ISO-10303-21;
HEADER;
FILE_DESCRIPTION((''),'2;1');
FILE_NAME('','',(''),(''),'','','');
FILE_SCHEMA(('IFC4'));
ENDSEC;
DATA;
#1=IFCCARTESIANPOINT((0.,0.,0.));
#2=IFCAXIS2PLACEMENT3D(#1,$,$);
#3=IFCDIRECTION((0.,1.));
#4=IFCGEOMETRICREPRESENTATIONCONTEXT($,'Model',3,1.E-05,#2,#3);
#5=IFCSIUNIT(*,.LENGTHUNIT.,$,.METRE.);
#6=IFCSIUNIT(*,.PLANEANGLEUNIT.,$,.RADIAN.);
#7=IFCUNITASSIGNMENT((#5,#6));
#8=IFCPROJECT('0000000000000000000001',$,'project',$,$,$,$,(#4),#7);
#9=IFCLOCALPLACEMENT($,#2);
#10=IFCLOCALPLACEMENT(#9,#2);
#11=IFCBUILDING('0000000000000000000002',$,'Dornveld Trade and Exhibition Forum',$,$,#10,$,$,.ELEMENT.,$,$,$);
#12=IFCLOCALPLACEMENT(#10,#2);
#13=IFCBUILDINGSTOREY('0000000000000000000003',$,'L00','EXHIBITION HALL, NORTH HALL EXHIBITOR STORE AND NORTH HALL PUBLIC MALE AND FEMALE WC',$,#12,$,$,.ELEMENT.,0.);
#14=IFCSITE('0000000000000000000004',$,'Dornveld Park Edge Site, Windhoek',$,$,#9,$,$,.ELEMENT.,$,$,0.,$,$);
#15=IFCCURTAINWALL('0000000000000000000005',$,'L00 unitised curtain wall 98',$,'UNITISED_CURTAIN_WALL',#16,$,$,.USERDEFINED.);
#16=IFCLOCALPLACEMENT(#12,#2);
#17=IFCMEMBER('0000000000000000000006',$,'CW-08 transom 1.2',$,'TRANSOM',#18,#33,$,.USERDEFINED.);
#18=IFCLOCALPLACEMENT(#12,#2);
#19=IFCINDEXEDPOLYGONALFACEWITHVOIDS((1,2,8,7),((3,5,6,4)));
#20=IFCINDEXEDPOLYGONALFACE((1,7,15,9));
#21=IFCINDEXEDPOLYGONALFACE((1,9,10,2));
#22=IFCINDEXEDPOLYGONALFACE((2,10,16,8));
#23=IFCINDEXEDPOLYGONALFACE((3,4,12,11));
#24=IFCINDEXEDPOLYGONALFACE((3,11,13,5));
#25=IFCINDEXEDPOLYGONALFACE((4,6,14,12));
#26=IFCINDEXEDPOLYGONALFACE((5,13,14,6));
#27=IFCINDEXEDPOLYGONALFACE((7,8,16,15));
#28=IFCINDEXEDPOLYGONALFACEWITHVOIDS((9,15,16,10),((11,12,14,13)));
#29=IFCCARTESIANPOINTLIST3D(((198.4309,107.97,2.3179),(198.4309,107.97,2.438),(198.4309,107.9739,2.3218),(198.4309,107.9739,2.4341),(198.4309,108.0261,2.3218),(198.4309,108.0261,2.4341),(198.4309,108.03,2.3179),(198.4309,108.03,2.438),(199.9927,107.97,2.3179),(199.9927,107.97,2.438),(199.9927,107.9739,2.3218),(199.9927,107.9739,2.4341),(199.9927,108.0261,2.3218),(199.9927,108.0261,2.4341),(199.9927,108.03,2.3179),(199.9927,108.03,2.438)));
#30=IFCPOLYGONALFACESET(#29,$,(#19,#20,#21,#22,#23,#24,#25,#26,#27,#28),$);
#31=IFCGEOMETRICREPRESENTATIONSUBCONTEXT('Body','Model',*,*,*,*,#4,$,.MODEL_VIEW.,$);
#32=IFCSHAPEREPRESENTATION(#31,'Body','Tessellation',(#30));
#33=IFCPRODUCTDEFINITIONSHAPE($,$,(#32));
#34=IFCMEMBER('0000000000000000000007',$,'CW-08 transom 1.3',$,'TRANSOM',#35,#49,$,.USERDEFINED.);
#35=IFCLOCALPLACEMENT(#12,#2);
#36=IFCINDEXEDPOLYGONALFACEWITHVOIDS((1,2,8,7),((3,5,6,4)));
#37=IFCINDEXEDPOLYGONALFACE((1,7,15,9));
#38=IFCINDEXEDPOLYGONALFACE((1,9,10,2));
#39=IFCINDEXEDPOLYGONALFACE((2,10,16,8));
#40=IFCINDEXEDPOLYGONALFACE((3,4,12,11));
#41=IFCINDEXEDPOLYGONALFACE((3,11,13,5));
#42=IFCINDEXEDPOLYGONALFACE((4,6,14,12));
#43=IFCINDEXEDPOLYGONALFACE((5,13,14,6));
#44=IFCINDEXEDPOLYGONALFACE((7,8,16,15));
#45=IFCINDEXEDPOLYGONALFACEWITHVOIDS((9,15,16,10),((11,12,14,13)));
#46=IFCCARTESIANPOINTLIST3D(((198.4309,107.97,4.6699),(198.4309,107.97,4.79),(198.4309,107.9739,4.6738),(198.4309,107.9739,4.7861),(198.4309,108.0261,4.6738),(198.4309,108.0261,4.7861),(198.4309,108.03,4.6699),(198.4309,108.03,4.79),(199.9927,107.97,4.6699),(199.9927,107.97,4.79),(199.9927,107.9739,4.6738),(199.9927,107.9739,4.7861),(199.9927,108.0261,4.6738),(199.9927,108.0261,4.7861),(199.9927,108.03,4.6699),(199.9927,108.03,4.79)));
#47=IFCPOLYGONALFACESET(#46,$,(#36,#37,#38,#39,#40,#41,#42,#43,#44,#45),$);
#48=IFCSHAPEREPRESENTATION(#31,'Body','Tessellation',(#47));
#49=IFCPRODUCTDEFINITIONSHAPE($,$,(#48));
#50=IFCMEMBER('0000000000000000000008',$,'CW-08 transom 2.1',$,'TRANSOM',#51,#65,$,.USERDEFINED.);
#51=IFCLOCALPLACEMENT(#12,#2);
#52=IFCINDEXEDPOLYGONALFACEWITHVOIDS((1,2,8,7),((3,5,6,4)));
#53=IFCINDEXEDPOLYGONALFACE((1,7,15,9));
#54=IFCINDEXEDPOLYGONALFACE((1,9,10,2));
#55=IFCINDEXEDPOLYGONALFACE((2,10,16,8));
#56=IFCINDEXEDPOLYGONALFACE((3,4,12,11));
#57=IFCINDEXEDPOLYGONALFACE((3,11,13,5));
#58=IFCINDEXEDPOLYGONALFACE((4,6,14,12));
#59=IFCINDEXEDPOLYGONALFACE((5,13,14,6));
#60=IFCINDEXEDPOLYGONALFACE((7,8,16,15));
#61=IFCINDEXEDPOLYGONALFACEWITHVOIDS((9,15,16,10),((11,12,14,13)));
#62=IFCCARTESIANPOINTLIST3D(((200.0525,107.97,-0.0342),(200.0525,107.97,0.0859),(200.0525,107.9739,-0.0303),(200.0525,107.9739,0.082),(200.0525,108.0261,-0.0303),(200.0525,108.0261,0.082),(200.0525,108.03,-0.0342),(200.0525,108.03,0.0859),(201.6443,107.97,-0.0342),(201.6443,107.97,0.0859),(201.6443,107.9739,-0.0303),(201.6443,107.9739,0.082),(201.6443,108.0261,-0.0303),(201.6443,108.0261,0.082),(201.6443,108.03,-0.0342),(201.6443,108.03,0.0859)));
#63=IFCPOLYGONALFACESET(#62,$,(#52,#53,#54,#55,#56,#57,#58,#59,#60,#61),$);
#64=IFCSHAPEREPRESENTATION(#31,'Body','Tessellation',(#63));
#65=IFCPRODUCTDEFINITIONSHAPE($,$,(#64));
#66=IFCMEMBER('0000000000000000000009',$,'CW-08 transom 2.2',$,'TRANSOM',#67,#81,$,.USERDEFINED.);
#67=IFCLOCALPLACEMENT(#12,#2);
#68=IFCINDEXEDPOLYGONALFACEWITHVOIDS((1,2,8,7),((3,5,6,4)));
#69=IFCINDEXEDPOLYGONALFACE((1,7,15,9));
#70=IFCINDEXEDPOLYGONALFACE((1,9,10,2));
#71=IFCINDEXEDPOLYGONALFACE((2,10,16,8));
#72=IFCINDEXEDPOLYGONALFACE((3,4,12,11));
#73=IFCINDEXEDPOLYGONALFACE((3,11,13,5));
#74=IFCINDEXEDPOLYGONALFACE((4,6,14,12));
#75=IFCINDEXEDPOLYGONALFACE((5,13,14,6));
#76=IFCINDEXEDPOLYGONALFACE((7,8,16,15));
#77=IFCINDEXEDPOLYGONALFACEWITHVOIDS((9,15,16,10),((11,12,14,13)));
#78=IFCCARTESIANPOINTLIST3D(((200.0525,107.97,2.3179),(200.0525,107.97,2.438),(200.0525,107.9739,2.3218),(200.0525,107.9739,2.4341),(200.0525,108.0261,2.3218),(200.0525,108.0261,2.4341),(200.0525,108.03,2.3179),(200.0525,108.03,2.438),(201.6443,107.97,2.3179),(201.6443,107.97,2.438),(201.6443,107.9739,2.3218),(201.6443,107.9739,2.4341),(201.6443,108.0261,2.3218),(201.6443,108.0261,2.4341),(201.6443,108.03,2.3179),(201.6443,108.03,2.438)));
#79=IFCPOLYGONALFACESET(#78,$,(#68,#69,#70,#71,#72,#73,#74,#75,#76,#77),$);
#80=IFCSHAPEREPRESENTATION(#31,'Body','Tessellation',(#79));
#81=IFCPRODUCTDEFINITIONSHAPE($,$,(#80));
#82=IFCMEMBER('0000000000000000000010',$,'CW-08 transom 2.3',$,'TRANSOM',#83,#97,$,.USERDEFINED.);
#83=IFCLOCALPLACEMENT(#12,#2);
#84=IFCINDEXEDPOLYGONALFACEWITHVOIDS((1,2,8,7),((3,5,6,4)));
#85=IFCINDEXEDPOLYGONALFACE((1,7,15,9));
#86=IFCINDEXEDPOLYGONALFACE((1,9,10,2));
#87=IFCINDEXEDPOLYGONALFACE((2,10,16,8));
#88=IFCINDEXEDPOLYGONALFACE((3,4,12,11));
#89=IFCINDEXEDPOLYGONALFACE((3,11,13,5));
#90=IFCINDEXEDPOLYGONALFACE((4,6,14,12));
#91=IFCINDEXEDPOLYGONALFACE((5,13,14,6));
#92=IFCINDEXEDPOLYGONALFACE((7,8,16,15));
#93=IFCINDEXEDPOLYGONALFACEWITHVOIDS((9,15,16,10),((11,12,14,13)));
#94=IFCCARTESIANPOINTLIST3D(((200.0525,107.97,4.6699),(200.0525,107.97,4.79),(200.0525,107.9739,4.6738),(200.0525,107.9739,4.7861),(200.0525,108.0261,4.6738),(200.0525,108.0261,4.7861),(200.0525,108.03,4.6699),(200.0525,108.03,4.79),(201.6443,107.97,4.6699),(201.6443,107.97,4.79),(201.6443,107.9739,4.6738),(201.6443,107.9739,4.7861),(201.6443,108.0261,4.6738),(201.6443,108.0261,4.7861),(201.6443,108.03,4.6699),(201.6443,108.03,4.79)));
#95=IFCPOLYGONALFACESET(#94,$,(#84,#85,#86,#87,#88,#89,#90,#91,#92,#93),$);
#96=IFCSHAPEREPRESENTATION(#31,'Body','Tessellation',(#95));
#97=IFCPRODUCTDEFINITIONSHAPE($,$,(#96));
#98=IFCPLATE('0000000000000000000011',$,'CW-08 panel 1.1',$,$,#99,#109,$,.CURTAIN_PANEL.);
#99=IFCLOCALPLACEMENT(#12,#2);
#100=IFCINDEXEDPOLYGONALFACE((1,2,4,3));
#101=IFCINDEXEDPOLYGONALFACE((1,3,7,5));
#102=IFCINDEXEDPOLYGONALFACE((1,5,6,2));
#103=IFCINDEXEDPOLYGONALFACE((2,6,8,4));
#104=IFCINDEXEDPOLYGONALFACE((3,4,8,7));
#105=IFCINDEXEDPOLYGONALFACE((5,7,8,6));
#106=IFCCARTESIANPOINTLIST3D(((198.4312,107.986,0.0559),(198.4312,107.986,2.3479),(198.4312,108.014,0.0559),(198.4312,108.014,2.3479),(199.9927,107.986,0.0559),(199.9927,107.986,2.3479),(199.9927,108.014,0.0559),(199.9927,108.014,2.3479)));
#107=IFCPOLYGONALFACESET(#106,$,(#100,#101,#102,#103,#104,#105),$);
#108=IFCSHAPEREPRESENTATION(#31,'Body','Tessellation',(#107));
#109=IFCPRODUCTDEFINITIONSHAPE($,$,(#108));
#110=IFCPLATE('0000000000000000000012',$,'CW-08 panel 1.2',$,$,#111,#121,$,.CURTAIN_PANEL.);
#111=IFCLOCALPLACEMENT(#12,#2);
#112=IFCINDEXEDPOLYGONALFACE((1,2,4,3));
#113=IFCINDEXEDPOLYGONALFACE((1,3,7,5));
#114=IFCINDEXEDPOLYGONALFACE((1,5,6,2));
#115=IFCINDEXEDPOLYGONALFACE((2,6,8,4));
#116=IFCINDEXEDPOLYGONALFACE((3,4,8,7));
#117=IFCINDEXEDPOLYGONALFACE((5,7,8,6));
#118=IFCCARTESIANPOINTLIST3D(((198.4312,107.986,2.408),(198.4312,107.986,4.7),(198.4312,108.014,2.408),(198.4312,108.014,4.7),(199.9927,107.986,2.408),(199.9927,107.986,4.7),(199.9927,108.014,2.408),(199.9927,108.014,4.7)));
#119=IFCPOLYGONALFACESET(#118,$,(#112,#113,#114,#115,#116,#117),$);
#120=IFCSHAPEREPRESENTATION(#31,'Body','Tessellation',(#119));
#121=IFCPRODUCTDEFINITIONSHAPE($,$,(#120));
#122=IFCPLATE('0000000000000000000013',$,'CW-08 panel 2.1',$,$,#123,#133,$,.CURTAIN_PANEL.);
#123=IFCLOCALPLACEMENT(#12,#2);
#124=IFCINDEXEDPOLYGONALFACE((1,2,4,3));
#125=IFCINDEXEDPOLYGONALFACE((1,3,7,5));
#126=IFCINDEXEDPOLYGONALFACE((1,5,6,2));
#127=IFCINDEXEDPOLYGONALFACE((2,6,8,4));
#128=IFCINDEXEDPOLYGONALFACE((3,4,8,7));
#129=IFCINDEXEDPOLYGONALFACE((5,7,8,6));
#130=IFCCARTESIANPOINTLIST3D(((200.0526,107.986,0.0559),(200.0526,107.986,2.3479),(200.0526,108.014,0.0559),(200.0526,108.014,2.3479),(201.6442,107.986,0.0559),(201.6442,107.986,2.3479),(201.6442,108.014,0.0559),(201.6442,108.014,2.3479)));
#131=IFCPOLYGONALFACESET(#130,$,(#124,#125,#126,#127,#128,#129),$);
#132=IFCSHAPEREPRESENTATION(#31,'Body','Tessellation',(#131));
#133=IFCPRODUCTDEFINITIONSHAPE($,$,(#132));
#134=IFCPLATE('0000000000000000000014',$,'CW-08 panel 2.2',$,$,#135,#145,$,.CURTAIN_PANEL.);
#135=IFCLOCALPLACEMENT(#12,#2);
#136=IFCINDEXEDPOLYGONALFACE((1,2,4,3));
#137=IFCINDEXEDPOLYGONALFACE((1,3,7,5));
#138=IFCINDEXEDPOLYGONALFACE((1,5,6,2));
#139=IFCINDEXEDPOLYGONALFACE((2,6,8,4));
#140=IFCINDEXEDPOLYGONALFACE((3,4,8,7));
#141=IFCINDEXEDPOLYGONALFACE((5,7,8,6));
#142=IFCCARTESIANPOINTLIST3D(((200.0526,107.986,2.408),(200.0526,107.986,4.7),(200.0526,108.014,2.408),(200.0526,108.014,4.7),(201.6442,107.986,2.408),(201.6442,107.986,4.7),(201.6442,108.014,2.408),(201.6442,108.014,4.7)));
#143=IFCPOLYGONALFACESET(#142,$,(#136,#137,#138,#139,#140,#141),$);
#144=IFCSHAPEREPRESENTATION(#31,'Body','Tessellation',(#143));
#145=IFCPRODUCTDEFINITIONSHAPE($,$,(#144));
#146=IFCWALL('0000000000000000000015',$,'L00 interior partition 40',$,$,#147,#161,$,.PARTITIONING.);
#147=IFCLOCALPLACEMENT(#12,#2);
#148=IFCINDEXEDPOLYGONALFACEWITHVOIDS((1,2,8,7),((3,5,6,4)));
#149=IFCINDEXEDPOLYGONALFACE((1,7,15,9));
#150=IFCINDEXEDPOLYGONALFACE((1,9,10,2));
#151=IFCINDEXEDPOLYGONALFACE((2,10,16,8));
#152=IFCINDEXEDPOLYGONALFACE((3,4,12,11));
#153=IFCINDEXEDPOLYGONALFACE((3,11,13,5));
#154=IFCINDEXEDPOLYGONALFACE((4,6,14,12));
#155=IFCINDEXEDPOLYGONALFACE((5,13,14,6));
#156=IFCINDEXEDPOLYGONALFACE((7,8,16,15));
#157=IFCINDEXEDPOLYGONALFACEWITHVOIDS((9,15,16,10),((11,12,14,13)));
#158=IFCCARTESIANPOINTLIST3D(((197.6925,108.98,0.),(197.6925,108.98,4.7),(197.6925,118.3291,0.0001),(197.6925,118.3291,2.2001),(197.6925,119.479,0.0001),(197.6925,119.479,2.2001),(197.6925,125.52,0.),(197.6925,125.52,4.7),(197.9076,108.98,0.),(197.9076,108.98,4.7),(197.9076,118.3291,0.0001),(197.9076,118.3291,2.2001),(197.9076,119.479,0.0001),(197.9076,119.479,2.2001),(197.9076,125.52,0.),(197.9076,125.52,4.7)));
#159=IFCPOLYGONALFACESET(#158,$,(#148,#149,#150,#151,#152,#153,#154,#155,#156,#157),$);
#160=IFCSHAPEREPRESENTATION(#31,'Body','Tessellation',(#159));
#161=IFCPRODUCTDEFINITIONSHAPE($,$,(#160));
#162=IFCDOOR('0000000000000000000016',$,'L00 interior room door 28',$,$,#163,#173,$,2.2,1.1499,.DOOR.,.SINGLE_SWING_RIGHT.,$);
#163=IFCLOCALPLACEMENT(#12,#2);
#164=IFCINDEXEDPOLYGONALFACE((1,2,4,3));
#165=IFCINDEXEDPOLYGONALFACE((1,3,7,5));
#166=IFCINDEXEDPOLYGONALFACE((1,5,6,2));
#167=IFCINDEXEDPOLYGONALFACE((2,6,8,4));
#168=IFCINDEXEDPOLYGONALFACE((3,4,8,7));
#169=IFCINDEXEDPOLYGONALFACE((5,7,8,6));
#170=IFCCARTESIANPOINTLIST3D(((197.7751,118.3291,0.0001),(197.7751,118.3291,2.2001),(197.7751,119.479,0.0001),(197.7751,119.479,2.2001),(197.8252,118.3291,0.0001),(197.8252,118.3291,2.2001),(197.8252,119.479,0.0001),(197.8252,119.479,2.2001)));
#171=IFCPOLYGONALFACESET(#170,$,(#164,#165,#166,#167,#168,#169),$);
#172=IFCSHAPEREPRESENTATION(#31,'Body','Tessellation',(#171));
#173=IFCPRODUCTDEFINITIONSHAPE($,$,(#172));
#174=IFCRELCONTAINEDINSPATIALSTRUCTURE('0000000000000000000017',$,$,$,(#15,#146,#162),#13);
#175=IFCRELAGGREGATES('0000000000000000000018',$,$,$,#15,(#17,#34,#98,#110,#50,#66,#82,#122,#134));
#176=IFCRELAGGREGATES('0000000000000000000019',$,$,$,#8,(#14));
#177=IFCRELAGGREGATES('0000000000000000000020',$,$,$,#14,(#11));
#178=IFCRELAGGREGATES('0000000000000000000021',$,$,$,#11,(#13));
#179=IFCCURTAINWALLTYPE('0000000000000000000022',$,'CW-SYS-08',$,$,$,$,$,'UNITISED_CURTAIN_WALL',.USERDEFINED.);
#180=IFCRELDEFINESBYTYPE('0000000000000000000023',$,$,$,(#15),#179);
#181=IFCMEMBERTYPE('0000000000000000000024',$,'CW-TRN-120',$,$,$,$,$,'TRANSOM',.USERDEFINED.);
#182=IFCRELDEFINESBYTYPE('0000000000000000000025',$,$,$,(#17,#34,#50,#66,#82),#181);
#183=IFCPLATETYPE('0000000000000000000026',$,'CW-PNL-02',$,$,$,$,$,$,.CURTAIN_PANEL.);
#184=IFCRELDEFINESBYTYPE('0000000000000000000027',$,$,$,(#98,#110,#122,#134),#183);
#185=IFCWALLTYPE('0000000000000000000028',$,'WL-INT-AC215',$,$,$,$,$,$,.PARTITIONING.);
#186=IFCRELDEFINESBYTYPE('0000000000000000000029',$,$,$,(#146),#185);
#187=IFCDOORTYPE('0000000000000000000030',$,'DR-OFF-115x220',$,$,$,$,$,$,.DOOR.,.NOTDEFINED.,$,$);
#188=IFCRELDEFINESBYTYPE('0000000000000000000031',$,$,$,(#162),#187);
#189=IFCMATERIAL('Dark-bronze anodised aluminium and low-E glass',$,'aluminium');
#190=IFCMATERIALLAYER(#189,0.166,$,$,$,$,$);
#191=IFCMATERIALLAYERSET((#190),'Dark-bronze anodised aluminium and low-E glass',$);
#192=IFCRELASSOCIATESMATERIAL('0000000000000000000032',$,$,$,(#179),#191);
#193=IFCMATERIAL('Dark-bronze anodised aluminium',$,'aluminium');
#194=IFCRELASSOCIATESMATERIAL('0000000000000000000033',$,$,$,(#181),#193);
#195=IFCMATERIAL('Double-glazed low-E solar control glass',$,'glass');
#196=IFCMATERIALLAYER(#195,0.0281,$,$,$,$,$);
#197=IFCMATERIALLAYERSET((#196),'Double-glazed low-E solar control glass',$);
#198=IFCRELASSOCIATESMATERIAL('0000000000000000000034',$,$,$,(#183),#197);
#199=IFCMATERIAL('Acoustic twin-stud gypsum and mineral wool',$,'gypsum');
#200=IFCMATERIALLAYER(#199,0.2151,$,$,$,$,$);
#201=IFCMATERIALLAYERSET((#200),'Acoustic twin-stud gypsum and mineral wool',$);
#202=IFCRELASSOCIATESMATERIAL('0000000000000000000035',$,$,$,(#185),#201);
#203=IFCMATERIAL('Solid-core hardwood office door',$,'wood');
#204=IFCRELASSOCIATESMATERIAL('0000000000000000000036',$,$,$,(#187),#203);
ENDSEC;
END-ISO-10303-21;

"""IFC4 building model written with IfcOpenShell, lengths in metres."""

from ifc_helpers import new_model, si_unit, direction, frame, frame_2d, origin, origin_2d, place, context, subcontext, project, spatial, rectangle, hollow_rectangle, extrude, material, layer, layer_set, material_profile, profile_set, type_object, element, fill, aggregate, save


model = new_model("IFC4")

# Units and contexts
model_context = context("Model", 3, precision=1e-05, world=origin(), true_north=direction((0.0, 1.0)))
body_context = subcontext(model_context, "Body", "Model", "MODEL_VIEW")
ifc_project = project(units=[si_unit("LENGTHUNIT", "METRE"), si_unit("PLANEANGLEUNIT", "RADIAN")], contexts=[model_context])

# Site, building, storey
site_placement = place(None, origin())
site = spatial("IfcSite", under=ifc_project, at=site_placement, Name="Dornveld Park Edge Site, Windhoek", CompositionType="ELEMENT", RefElevation=0.0)
building_placement = place(site_placement, origin())
building = spatial("IfcBuilding", under=site, at=building_placement, Name="Dornveld Trade and Exhibition Forum", CompositionType="ELEMENT")
storey_placement = place(building_placement, origin())
storey = spatial("IfcBuildingStorey", under=building, at=storey_placement, Name="L00", Description="EXHIBITION HALL, NORTH HALL EXHIBITOR STORE AND NORTH HALL PUBLIC MALE AND FEMALE WC", CompositionType="ELEMENT", Elevation=0.0)

# Curtain wall, members, plates
ifc_material_1 = material(Name="Dark-bronze anodised aluminium and low-E glass", Category="aluminium")
ifc_layer_1 = layer(ifc_material_1, 0.166)
ifc_layer_set_1 = layer_set([ifc_layer_1], Name="Dark-bronze anodised aluminium and low-E glass")
curtain_wall_type = type_object("IfcCurtainWallType", Name="CW-SYS-08", ElementType="UNITISED_CURTAIN_WALL", PredefinedType="USERDEFINED", material=ifc_layer_set_1)
curtain_wall_placement = place(storey_placement, origin())
curtain_wall = element("IfcCurtainWall", 1, at=curtain_wall_placement, inside=storey, type_object=curtain_wall_type, Name="L00 unitised curtain wall 98", ObjectType="UNITISED_CURTAIN_WALL", PredefinedType="USERDEFINED")
ifc_material_2 = material(Name="Dark-bronze anodised aluminium", Category="aluminium")
ifc_material_profile_1 = material_profile(ifc_material_2, hollow_rectangle(XDim=0.0601, YDim=0.1201, WallThickness=0.0039, at=origin_2d()), Name="RHS 120x60x4")
ifc_profile_set_1 = profile_set([ifc_material_profile_1], Name="Dark-bronze anodised aluminium")
member_type_1 = type_object("IfcMemberType", Name="CW-TRN-120", ElementType="TRANSOM", PredefinedType="USERDEFINED", material=ifc_profile_set_1)
member_1_placement = place(storey_placement, frame((198.4309, 108.0, 2.3779), z_axis=(1.0, 0.0, 0.0), x_axis=(0.0, 1.0, 0.0)))
member_1 = element("IfcMember", 2, at=member_1_placement, type_object=member_type_1, Name="CW-08 transom 1.2", ObjectType="TRANSOM", PredefinedType="USERDEFINED", context=body_context, shape_type="SweptSolid", body=[
    extrude(hollow_rectangle(XDim=0.0601, YDim=0.1201, WallThickness=0.0039, at=origin_2d()), origin(), (0.0, 0.0, 1.0), 1.5618),
])
member_2_placement = place(storey_placement, frame((198.4309, 108.0, 4.73), z_axis=(1.0, 0.0, 0.0), x_axis=(0.0, 1.0, 0.0)))
member_2 = element("IfcMember", 3, at=member_2_placement, type_object=member_type_1, Name="CW-08 transom 1.3", ObjectType="TRANSOM", PredefinedType="USERDEFINED", context=body_context, shape_type="SweptSolid", body=[
    extrude(hollow_rectangle(XDim=0.0601, YDim=0.1201, WallThickness=0.0039, at=origin_2d()), origin(), (0.0, 0.0, 1.0), 1.5618),
])
member_3_placement = place(storey_placement, frame((200.0525, 108.0, 0.0259), z_axis=(1.0, 0.0, 0.0), x_axis=(0.0, 1.0, 0.0)))
member_3 = element("IfcMember", 4, at=member_3_placement, type_object=member_type_1, Name="CW-08 transom 2.1", ObjectType="TRANSOM", PredefinedType="USERDEFINED", context=body_context, shape_type="SweptSolid", body=[
    extrude(hollow_rectangle(XDim=0.0601, YDim=0.1201, WallThickness=0.0039, at=origin_2d()), origin(), (0.0, 0.0, 1.0), 1.5918),
])
member_4_placement = place(storey_placement, frame((200.0525, 108.0, 2.3779), z_axis=(1.0, 0.0, 0.0), x_axis=(0.0, 1.0, 0.0)))
member_4 = element("IfcMember", 5, at=member_4_placement, type_object=member_type_1, Name="CW-08 transom 2.2", ObjectType="TRANSOM", PredefinedType="USERDEFINED", context=body_context, shape_type="SweptSolid", body=[
    extrude(hollow_rectangle(XDim=0.0601, YDim=0.1201, WallThickness=0.0039, at=origin_2d()), origin(), (0.0, 0.0, 1.0), 1.5918),
])
member_5_placement = place(storey_placement, frame((200.0525, 108.0, 4.73), z_axis=(1.0, 0.0, 0.0), x_axis=(0.0, 1.0, 0.0)))
member_5 = element("IfcMember", 6, at=member_5_placement, type_object=member_type_1, Name="CW-08 transom 2.3", ObjectType="TRANSOM", PredefinedType="USERDEFINED", context=body_context, shape_type="SweptSolid", body=[
    extrude(hollow_rectangle(XDim=0.0601, YDim=0.1201, WallThickness=0.0039, at=origin_2d()), origin(), (0.0, 0.0, 1.0), 1.5918),
])
ifc_material_3 = material(Name="Double-glazed low-E solar control glass", Category="glass")
ifc_layer_2 = layer(ifc_material_3, 0.0281)
ifc_layer_set_2 = layer_set([ifc_layer_2], Name="Double-glazed low-E solar control glass")
plate_type = type_object("IfcPlateType", Name="CW-PNL-02", PredefinedType="CURTAIN_PANEL", material=ifc_layer_set_2)
plate_1_placement = place(storey_placement, frame((199.2119, 108.0, 0.0559), z_axis=(0.0, 0.0, 1.0), x_axis=(1.0, 0.0, 0.0)))
plate_1 = element("IfcPlate", 7, at=plate_1_placement, type_object=plate_type, Name="CW-08 panel 1.1", PredefinedType="CURTAIN_PANEL", context=body_context, shape_type="SweptSolid", body=[
    extrude(rectangle(XDim=1.5615, YDim=0.0281, at=origin_2d()), origin(), (0.0, 0.0, 1.0), 2.292),
])
plate_2_placement = place(storey_placement, frame((199.2119, 108.0, 2.408), z_axis=(0.0, 0.0, 1.0), x_axis=(1.0, 0.0, 0.0)))
plate_2 = element("IfcPlate", 8, at=plate_2_placement, type_object=plate_type, Name="CW-08 panel 1.2", PredefinedType="CURTAIN_PANEL", context=body_context, shape_type="SweptSolid", body=[
    extrude(rectangle(XDim=1.5615, YDim=0.0281, at=origin_2d()), origin(), (0.0, 0.0, 1.0), 2.292),
])
plate_3_placement = place(storey_placement, frame((200.8484, 108.0, 0.0559), z_axis=(0.0, 0.0, 1.0), x_axis=(1.0, 0.0, 0.0)))
plate_3 = element("IfcPlate", 9, at=plate_3_placement, type_object=plate_type, Name="CW-08 panel 2.1", PredefinedType="CURTAIN_PANEL", context=body_context, shape_type="SweptSolid", body=[
    extrude(rectangle(XDim=1.5916, YDim=0.0281, at=origin_2d()), origin(), (0.0, 0.0, 1.0), 2.292),
])
plate_4_placement = place(storey_placement, frame((200.8484, 108.0, 2.408), z_axis=(0.0, 0.0, 1.0), x_axis=(1.0, 0.0, 0.0)))
plate_4 = element("IfcPlate", 10, at=plate_4_placement, type_object=plate_type, Name="CW-08 panel 2.2", PredefinedType="CURTAIN_PANEL", context=body_context, shape_type="SweptSolid", body=[
    extrude(rectangle(XDim=1.5916, YDim=0.0281, at=origin_2d()), origin(), (0.0, 0.0, 1.0), 2.292),
])
aggregate(curtain_wall, [member_1, member_2, plate_1, plate_2, member_3, member_4, member_5, plate_3, plate_4])

# Wall, opening, door
ifc_material_4 = material(Name="Acoustic twin-stud gypsum and mineral wool", Category="gypsum")
ifc_layer_3 = layer(ifc_material_4, 0.2151)
ifc_layer_set_3 = layer_set([ifc_layer_3], Name="Acoustic twin-stud gypsum and mineral wool")
wall_type = type_object("IfcWallType", Name="WL-INT-AC215", PredefinedType="PARTITIONING", material=ifc_layer_set_3)
wall_placement = place(storey_placement, frame((197.8, 108.98, 0.0), z_axis=(0.0, 0.0, 1.0), x_axis=(0.0, 1.0, 0.0)))
wall = element("IfcWall", 11, at=wall_placement, inside=storey, type_object=wall_type, Name="L00 interior partition 40", PredefinedType="PARTITIONING", context=body_context, shape_type="SweptSolid", body=[
    extrude(rectangle(XDim=16.54, YDim=0.2151, at=frame_2d((8.27, 0.0))), origin(), (0.0, 0.0, 1.0), 4.7),
])
opening_placement = place(wall_placement, frame((9.3491, 0.0, 0.0)))
opening = element("IfcOpeningElement", 12, at=opening_placement, cuts=wall, PredefinedType="OPENING", context=body_context, shape_type="SweptSolid", body=[
    extrude(rectangle(XDim=1.1499, YDim=2.2, at=frame_2d((0.575, 1.1001))), frame((0.0, 0.1174, 0.0), z_axis=(0.0, -1.0, 0.0), x_axis=(1.0, 0.0, 0.0)), (0.0, 0.0, 1.0), 0.2351),
])
ifc_material_5 = material(Name="Solid-core hardwood office door", Category="wood")
door_type = type_object("IfcDoorType", Name="DR-OFF-115x220", OperationType="NOTDEFINED", PredefinedType="DOOR", material=ifc_material_5)
door_placement = place(opening_placement, origin())
door = element("IfcDoor", 13, at=door_placement, inside=storey, type_object=door_type, Name="L00 interior room door 28", OperationType="SINGLE_SWING_RIGHT", OverallHeight=2.2, OverallWidth=1.1499, PredefinedType="DOOR", context=body_context, shape_type="SweptSolid", body=[
    extrude(rectangle(XDim=1.1499, YDim=2.2, at=frame_2d((0.575, 1.1001))), frame((0.0, 0.0249, 0.0), z_axis=(0.0, -1.0, 0.0), x_axis=(1.0, 0.0, 0.0)), (0.0, 0.0, 1.0), 0.05),
])
fill(opening, door)

save(model, "model.ifc")
